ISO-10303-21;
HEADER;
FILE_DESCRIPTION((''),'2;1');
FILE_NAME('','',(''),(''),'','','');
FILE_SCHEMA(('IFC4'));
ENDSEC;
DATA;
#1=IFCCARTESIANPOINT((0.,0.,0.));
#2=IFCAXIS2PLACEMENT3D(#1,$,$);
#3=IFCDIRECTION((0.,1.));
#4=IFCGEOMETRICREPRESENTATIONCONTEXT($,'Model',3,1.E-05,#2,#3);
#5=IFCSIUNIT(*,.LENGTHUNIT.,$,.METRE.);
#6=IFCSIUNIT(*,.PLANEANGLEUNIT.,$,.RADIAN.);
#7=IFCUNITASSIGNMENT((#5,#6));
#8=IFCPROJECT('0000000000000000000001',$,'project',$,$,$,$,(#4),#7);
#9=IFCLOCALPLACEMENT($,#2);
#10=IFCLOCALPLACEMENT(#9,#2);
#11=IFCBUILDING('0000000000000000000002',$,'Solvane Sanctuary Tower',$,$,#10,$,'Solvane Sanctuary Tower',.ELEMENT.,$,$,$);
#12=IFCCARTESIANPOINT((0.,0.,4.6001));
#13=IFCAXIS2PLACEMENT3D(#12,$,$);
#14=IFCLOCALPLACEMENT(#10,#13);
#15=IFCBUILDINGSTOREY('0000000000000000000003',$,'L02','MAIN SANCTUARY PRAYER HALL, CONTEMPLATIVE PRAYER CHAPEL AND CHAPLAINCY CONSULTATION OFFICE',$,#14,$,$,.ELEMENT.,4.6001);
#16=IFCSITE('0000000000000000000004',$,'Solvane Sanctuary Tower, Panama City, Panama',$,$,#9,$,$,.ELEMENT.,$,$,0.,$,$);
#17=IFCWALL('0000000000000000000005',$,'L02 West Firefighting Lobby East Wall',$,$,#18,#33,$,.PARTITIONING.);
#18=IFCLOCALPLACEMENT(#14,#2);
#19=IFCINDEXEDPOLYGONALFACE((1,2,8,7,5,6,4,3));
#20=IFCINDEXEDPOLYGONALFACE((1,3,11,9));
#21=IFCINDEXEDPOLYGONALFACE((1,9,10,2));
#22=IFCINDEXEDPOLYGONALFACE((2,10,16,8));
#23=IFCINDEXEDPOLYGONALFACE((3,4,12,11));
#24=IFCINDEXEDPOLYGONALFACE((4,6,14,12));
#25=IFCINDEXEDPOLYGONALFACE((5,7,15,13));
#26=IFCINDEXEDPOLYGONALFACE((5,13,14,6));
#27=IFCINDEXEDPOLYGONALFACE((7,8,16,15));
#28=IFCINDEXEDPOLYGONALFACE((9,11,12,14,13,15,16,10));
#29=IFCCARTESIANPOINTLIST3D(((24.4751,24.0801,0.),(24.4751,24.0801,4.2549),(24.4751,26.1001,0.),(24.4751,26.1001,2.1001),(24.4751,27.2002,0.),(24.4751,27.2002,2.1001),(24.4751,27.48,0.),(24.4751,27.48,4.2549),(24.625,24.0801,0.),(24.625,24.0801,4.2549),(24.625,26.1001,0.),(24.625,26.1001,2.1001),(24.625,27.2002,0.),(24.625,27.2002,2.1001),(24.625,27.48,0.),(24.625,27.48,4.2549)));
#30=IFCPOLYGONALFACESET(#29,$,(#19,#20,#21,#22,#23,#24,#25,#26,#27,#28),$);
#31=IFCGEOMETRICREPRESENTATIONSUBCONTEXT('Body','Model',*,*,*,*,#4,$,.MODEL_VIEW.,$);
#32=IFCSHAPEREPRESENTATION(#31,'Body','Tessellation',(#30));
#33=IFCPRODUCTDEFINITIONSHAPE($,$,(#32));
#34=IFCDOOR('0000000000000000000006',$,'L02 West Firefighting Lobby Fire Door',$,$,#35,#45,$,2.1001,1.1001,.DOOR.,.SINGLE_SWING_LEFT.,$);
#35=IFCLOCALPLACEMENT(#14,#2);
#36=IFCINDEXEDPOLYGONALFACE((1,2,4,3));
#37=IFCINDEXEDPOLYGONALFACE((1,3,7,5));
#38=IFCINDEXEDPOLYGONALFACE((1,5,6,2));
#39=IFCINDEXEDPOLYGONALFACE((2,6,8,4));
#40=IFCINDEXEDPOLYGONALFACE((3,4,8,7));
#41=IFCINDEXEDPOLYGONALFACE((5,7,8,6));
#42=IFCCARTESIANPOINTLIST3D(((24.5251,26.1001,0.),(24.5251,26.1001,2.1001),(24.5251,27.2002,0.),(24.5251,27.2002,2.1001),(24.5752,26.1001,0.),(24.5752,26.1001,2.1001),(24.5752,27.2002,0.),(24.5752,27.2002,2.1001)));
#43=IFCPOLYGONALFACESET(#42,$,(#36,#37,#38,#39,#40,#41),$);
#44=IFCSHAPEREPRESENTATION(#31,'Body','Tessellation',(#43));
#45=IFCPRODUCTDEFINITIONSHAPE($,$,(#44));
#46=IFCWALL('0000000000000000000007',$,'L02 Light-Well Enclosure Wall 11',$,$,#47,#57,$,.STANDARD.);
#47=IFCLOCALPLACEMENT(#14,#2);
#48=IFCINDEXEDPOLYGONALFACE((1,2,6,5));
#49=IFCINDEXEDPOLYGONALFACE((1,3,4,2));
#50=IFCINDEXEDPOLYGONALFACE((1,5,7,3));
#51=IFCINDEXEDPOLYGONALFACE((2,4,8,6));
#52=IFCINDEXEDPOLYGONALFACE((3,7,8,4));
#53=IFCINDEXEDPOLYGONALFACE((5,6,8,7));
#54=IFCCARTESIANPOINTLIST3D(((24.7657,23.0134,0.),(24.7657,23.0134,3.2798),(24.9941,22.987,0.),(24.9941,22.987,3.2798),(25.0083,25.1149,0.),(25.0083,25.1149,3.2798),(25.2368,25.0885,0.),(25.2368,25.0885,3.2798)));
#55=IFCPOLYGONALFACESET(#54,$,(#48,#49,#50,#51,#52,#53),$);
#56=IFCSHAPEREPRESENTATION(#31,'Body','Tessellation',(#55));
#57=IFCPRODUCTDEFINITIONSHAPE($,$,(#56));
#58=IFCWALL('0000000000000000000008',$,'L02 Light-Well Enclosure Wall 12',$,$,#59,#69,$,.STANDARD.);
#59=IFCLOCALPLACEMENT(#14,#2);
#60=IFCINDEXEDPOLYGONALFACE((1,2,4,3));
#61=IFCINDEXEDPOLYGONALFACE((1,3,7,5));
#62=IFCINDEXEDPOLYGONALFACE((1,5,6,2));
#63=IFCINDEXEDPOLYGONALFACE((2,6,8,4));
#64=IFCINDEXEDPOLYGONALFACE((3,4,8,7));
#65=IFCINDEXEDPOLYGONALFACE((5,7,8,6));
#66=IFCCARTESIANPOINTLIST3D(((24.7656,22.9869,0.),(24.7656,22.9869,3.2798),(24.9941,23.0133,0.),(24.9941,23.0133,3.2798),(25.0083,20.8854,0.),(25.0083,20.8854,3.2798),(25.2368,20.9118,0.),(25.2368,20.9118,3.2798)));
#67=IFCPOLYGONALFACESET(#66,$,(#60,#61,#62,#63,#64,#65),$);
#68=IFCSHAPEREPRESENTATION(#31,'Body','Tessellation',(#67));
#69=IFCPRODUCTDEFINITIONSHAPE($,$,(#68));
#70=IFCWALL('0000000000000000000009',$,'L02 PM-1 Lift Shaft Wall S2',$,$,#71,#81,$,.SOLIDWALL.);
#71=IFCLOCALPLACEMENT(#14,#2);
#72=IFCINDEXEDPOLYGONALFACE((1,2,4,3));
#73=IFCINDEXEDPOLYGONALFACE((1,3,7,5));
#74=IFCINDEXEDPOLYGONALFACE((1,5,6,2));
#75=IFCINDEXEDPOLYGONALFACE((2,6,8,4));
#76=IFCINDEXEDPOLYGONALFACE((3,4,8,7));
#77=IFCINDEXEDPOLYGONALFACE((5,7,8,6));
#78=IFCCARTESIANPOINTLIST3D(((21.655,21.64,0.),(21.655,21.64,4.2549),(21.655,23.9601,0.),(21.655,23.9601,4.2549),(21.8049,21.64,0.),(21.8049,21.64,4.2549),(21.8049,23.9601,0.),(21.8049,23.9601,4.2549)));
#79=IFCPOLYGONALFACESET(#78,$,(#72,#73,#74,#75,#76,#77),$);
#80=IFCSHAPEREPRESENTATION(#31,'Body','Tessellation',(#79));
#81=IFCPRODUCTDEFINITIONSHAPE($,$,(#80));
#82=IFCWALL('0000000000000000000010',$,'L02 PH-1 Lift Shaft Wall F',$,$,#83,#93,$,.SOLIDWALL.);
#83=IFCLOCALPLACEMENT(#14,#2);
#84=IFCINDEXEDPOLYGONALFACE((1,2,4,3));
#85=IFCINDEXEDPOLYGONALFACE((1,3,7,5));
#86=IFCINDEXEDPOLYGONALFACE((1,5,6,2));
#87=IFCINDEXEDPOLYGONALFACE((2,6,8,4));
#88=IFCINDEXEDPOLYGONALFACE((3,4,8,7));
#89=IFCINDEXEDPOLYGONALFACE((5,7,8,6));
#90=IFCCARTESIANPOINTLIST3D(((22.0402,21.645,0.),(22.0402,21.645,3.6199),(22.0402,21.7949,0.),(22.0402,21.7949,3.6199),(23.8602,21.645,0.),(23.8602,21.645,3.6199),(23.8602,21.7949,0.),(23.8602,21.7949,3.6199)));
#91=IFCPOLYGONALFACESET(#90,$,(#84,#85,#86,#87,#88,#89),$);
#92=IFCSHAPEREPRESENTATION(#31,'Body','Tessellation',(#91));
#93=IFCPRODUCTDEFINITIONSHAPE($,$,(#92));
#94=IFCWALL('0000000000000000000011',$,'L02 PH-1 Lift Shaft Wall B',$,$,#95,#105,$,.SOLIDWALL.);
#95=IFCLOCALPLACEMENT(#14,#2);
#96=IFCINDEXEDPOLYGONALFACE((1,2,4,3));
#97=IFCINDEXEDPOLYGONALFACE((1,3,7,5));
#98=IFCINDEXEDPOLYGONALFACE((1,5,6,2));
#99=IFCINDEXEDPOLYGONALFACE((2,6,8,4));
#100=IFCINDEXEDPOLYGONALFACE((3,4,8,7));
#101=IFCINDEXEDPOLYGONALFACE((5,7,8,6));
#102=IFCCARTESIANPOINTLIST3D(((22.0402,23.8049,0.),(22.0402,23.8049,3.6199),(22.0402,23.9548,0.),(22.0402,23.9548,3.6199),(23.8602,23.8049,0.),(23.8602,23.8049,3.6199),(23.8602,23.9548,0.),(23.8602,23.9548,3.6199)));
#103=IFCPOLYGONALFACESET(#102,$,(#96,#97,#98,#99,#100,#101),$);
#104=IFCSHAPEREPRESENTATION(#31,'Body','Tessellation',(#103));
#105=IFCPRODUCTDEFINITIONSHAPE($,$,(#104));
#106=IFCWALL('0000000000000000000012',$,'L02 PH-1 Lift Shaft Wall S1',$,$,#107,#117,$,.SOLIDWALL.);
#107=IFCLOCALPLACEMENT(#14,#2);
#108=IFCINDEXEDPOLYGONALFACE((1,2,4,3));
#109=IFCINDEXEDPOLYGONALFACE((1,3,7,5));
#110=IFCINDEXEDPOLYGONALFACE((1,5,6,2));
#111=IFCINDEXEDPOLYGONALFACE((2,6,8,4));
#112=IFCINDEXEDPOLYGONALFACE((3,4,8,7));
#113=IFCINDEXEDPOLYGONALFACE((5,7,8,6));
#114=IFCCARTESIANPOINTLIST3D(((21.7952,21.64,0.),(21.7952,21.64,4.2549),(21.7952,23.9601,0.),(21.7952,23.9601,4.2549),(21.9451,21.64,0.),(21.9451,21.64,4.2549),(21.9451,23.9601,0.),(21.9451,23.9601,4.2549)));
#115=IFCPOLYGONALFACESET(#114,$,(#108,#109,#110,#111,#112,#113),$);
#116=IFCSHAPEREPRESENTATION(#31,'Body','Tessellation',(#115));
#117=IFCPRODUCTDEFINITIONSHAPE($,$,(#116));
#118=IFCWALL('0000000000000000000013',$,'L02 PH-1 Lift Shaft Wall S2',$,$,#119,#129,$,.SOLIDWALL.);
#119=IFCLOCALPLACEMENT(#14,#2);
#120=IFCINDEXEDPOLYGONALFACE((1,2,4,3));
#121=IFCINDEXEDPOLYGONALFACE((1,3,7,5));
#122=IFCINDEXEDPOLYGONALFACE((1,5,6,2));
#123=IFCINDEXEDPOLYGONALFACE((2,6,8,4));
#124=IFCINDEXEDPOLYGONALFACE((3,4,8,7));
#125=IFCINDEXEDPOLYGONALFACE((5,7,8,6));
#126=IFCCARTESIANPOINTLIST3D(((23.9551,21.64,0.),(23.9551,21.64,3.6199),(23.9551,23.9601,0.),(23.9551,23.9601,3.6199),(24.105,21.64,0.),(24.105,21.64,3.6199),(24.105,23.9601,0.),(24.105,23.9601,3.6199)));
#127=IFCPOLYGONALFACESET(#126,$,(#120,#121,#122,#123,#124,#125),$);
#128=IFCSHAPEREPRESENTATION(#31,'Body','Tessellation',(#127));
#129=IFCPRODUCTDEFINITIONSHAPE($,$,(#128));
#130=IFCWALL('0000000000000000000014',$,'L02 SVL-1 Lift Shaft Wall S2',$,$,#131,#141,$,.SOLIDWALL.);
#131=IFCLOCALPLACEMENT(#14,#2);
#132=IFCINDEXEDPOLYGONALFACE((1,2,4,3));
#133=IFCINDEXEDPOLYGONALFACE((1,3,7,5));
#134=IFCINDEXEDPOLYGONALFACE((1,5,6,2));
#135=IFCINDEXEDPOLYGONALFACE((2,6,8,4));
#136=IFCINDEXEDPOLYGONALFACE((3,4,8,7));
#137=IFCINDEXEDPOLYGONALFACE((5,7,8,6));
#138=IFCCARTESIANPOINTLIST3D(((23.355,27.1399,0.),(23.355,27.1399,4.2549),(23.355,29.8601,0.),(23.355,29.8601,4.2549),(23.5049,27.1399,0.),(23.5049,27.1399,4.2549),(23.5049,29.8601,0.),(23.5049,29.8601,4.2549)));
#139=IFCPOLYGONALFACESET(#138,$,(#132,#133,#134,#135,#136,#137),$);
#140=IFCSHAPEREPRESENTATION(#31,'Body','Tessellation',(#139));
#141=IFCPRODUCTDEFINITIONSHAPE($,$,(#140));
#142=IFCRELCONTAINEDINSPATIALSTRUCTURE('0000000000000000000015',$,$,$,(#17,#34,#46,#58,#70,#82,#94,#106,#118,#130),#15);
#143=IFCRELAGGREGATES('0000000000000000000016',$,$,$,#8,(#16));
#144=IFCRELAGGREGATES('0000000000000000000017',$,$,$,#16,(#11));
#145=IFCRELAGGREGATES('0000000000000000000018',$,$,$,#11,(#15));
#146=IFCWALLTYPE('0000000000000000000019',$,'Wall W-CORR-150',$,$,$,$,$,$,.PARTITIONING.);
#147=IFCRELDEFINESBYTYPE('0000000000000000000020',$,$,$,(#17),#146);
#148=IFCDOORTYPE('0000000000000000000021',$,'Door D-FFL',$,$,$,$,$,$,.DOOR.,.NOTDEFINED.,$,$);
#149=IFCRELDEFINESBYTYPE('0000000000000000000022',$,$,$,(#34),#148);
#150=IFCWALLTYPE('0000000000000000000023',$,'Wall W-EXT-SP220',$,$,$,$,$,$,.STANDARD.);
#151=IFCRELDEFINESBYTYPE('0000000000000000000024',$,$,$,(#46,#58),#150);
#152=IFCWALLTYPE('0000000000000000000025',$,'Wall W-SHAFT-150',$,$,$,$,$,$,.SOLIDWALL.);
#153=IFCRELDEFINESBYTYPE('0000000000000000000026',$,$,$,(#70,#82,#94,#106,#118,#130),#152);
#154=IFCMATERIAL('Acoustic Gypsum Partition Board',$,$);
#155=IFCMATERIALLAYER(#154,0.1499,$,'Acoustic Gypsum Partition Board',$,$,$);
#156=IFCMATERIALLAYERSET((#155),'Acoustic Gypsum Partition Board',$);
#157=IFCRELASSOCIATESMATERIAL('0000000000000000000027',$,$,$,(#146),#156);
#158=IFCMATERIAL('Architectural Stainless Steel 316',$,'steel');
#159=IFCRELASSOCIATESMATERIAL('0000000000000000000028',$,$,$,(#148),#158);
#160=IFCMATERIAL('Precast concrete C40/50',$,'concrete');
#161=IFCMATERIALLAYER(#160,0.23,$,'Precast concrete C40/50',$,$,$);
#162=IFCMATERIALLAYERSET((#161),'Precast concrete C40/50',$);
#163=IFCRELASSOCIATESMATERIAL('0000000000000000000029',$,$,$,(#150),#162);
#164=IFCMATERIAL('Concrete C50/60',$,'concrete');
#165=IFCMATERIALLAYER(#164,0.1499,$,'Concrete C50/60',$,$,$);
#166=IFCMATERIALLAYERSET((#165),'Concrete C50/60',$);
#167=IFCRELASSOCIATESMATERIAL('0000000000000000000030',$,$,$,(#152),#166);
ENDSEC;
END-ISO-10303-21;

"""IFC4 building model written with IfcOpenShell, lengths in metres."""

from ifc_helpers import new_model, si_unit, direction, frame, frame_2d, origin, place, context, subcontext, project, spatial, rectangle, extrude, material, layer, layer_set, type_object, element, fill, save


model = new_model("IFC4")

# Units and contexts
model_context = context("Model", 3, precision=1e-05, world=origin(), true_north=direction((0.0, 1.0)))
body_context = subcontext(model_context, "Body", "Model", "MODEL_VIEW")
ifc_project = project(units=[si_unit("LENGTHUNIT", "METRE"), si_unit("PLANEANGLEUNIT", "RADIAN")], contexts=[model_context])

# Site, building, storey
site_placement = place(None, origin())
site = spatial("IfcSite", under=ifc_project, at=site_placement, Name="Solvane Sanctuary Tower, Panama City, Panama", CompositionType="ELEMENT", RefElevation=0.0)
building_placement = place(site_placement, origin())
building = spatial("IfcBuilding", under=site, at=building_placement, Name="Solvane Sanctuary Tower", LongName="Solvane Sanctuary Tower", CompositionType="ELEMENT")
storey_placement = place(building_placement, frame((0.0, 0.0, 4.6001)))
storey = spatial("IfcBuildingStorey", under=building, at=storey_placement, Name="L02", Description="MAIN SANCTUARY PRAYER HALL, CONTEMPLATIVE PRAYER CHAPEL AND CHAPLAINCY CONSULTATION OFFICE", CompositionType="ELEMENT", Elevation=4.6001)

# Wall, opening, door
ifc_material_1 = material(Name="Acoustic Gypsum Partition Board")
ifc_layer_1 = layer(ifc_material_1, 0.1499, Name="Acoustic Gypsum Partition Board")
ifc_layer_set_1 = layer_set([ifc_layer_1], Name="Acoustic Gypsum Partition Board")
wall_type_1 = type_object("IfcWallType", Name="Wall W-CORR-150", PredefinedType="PARTITIONING", material=ifc_layer_set_1)
wall_1_placement = place(storey_placement, frame((24.55, 24.0801, 0.0), z_axis=(0.0, 0.0, 1.0), x_axis=(0.0, 1.0, 0.0)))
wall_1 = element("IfcWall", 1, at=wall_1_placement, inside=storey, type_object=wall_type_1, Name="L02 West Firefighting Lobby East Wall", PredefinedType="PARTITIONING", context=body_context, shape_type="SweptSolid", body=[
    extrude(rectangle(XDim=3.3999, YDim=0.1499, at=frame_2d((1.7, 0.0))), origin(), (0.0, 0.0, 1.0), 4.2549),
])
opening_placement = place(wall_1_placement, frame((2.02, 0.0, 0.0)))
opening = element("IfcOpeningElement", 2, at=opening_placement, cuts=wall_1, PredefinedType="OPENING", context=body_context, shape_type="SweptSolid", body=[
    extrude(rectangle(XDim=1.1001, YDim=2.1001, at=frame_2d((0.55, 1.05))), frame((0.0, 0.085, 0.0), z_axis=(0.0, -1.0, 0.0), x_axis=(1.0, 0.0, 0.0)), (0.0, 0.0, 1.0), 0.1699),
])
ifc_material_2 = material(Name="Architectural Stainless Steel 316", Category="steel")
door_type = type_object("IfcDoorType", Name="Door D-FFL", OperationType="NOTDEFINED", PredefinedType="DOOR", material=ifc_material_2)
door_placement = place(opening_placement, origin())
door = element("IfcDoor", 3, at=door_placement, inside=storey, type_object=door_type, Name="L02 West Firefighting Lobby Fire Door", OperationType="SINGLE_SWING_LEFT", OverallHeight=2.1001, OverallWidth=1.1001, PredefinedType="DOOR", context=body_context, shape_type="SweptSolid", body=[
    extrude(rectangle(XDim=1.1001, YDim=2.1001, at=frame_2d((0.55, 1.05))), frame((0.0, 0.0249, 0.0), z_axis=(0.0, -1.0, 0.0), x_axis=(1.0, 0.0, 0.0)), (0.0, 0.0, 1.0), 0.05),
])
fill(opening, door)

# Walls
ifc_material_3 = material(Name="Precast concrete C40/50", Category="concrete")
ifc_layer_2 = layer(ifc_material_3, 0.23, Name="Precast concrete C40/50")
ifc_layer_set_2 = layer_set([ifc_layer_2], Name="Precast concrete C40/50")
wall_type_2 = type_object("IfcWallType", Name="Wall W-EXT-SP220", PredefinedType="STANDARD", material=ifc_layer_set_2)
for number, where, z_axis, x_axis, name in (
    (4, (25.1226, 25.1016, 0.0), (0.0, 0.0, 1.0), (-0.114712, -0.993399, 0.0), "L02 Light-Well Enclosure Wall 11"),
    (5, (24.8799, 23.0, 0.0), (0.0, 0.0, 1.0), (0.114712, -0.993399, 0.0), "L02 Light-Well Enclosure Wall 12"),
):
    element("IfcWall", number, at=place(storey_placement, frame(where, z_axis=z_axis, x_axis=x_axis)), inside=storey, type_object=wall_type_2, Name=name, PredefinedType="STANDARD", context=body_context, shape_type="SweptSolid", body=[
        extrude(rectangle(XDim=2.1155, YDim=0.23, at=frame_2d((1.0576, 0.0))), origin(), (0.0, 0.0, 1.0), 3.2798),
    ])
ifc_material_4 = material(Name="Concrete C50/60", Category="concrete")
ifc_layer_3 = layer(ifc_material_4, 0.1499, Name="Concrete C50/60")
ifc_layer_set_3 = layer_set([ifc_layer_3], Name="Concrete C50/60")
wall_type_3 = type_object("IfcWallType", Name="Wall W-SHAFT-150", PredefinedType="SOLIDWALL", material=ifc_layer_set_3)
wall_2_placement = place(storey_placement, frame((21.73, 21.6399, 0.0), z_axis=(0.0, 0.0, 1.0), x_axis=(0.0, 1.0, 0.0)))
element("IfcWall", 6, at=wall_2_placement, inside=storey, type_object=wall_type_3, Name="L02 PM-1 Lift Shaft Wall S2", PredefinedType="SOLIDWALL", context=body_context, shape_type="SweptSolid", body=[
    extrude(rectangle(XDim=2.3201, YDim=0.1499, at=frame_2d((1.1602, 0.0))), origin(), (0.0, 0.0, 1.0), 4.2549),
])
for number, where, z_axis, x_axis, name in (
    (7, (22.04, 21.72, 0.0), (0.0, 0.0, 1.0), (1.0, 0.0, 0.0), "L02 PH-1 Lift Shaft Wall F"),
    (8, (22.04, 23.8799, 0.0), (0.0, 0.0, 1.0), (1.0, 0.0, 0.0), "L02 PH-1 Lift Shaft Wall B"),
):
    element("IfcWall", number, at=place(storey_placement, frame(where, z_axis=z_axis, x_axis=x_axis)), inside=storey, type_object=wall_type_3, Name=name, PredefinedType="SOLIDWALL", context=body_context, shape_type="SweptSolid", body=[
        extrude(rectangle(XDim=1.8201, YDim=0.1499, at=frame_2d((0.9102, 0.0))), origin(), (0.0, 0.0, 1.0), 3.6199),
    ])
wall_3_placement = place(storey_placement, frame((21.8701, 21.6399, 0.0), z_axis=(0.0, 0.0, 1.0), x_axis=(0.0, 1.0, 0.0)))
element("IfcWall", 9, at=wall_3_placement, inside=storey, type_object=wall_type_3, Name="L02 PH-1 Lift Shaft Wall S1", PredefinedType="SOLIDWALL", context=body_context, shape_type="SweptSolid", body=[
    extrude(rectangle(XDim=2.3201, YDim=0.1499, at=frame_2d((1.1602, 0.0))), origin(), (0.0, 0.0, 1.0), 4.2549),
])
wall_4_placement = place(storey_placement, frame((24.03, 21.6399, 0.0), z_axis=(0.0, 0.0, 1.0), x_axis=(0.0, 1.0, 0.0)))
element("IfcWall", 10, at=wall_4_placement, inside=storey, type_object=wall_type_3, Name="L02 PH-1 Lift Shaft Wall S2", PredefinedType="SOLIDWALL", context=body_context, shape_type="SweptSolid", body=[
    extrude(rectangle(XDim=2.3201, YDim=0.1499, at=frame_2d((1.1602, 0.0))), origin(), (0.0, 0.0, 1.0), 3.6199),
])
wall_5_placement = place(storey_placement, frame((23.4299, 27.1399, 0.0), z_axis=(0.0, 0.0, 1.0), x_axis=(0.0, 1.0, 0.0)))
element("IfcWall", 11, at=wall_5_placement, inside=storey, type_object=wall_type_3, Name="L02 SVL-1 Lift Shaft Wall S2", PredefinedType="SOLIDWALL", context=body_context, shape_type="SweptSolid", body=[
    extrude(rectangle(XDim=2.7202, YDim=0.1499, at=frame_2d((1.3601, 0.0))), origin(), (0.0, 0.0, 1.0), 4.2549),
])

save(model, "model.ifc")
